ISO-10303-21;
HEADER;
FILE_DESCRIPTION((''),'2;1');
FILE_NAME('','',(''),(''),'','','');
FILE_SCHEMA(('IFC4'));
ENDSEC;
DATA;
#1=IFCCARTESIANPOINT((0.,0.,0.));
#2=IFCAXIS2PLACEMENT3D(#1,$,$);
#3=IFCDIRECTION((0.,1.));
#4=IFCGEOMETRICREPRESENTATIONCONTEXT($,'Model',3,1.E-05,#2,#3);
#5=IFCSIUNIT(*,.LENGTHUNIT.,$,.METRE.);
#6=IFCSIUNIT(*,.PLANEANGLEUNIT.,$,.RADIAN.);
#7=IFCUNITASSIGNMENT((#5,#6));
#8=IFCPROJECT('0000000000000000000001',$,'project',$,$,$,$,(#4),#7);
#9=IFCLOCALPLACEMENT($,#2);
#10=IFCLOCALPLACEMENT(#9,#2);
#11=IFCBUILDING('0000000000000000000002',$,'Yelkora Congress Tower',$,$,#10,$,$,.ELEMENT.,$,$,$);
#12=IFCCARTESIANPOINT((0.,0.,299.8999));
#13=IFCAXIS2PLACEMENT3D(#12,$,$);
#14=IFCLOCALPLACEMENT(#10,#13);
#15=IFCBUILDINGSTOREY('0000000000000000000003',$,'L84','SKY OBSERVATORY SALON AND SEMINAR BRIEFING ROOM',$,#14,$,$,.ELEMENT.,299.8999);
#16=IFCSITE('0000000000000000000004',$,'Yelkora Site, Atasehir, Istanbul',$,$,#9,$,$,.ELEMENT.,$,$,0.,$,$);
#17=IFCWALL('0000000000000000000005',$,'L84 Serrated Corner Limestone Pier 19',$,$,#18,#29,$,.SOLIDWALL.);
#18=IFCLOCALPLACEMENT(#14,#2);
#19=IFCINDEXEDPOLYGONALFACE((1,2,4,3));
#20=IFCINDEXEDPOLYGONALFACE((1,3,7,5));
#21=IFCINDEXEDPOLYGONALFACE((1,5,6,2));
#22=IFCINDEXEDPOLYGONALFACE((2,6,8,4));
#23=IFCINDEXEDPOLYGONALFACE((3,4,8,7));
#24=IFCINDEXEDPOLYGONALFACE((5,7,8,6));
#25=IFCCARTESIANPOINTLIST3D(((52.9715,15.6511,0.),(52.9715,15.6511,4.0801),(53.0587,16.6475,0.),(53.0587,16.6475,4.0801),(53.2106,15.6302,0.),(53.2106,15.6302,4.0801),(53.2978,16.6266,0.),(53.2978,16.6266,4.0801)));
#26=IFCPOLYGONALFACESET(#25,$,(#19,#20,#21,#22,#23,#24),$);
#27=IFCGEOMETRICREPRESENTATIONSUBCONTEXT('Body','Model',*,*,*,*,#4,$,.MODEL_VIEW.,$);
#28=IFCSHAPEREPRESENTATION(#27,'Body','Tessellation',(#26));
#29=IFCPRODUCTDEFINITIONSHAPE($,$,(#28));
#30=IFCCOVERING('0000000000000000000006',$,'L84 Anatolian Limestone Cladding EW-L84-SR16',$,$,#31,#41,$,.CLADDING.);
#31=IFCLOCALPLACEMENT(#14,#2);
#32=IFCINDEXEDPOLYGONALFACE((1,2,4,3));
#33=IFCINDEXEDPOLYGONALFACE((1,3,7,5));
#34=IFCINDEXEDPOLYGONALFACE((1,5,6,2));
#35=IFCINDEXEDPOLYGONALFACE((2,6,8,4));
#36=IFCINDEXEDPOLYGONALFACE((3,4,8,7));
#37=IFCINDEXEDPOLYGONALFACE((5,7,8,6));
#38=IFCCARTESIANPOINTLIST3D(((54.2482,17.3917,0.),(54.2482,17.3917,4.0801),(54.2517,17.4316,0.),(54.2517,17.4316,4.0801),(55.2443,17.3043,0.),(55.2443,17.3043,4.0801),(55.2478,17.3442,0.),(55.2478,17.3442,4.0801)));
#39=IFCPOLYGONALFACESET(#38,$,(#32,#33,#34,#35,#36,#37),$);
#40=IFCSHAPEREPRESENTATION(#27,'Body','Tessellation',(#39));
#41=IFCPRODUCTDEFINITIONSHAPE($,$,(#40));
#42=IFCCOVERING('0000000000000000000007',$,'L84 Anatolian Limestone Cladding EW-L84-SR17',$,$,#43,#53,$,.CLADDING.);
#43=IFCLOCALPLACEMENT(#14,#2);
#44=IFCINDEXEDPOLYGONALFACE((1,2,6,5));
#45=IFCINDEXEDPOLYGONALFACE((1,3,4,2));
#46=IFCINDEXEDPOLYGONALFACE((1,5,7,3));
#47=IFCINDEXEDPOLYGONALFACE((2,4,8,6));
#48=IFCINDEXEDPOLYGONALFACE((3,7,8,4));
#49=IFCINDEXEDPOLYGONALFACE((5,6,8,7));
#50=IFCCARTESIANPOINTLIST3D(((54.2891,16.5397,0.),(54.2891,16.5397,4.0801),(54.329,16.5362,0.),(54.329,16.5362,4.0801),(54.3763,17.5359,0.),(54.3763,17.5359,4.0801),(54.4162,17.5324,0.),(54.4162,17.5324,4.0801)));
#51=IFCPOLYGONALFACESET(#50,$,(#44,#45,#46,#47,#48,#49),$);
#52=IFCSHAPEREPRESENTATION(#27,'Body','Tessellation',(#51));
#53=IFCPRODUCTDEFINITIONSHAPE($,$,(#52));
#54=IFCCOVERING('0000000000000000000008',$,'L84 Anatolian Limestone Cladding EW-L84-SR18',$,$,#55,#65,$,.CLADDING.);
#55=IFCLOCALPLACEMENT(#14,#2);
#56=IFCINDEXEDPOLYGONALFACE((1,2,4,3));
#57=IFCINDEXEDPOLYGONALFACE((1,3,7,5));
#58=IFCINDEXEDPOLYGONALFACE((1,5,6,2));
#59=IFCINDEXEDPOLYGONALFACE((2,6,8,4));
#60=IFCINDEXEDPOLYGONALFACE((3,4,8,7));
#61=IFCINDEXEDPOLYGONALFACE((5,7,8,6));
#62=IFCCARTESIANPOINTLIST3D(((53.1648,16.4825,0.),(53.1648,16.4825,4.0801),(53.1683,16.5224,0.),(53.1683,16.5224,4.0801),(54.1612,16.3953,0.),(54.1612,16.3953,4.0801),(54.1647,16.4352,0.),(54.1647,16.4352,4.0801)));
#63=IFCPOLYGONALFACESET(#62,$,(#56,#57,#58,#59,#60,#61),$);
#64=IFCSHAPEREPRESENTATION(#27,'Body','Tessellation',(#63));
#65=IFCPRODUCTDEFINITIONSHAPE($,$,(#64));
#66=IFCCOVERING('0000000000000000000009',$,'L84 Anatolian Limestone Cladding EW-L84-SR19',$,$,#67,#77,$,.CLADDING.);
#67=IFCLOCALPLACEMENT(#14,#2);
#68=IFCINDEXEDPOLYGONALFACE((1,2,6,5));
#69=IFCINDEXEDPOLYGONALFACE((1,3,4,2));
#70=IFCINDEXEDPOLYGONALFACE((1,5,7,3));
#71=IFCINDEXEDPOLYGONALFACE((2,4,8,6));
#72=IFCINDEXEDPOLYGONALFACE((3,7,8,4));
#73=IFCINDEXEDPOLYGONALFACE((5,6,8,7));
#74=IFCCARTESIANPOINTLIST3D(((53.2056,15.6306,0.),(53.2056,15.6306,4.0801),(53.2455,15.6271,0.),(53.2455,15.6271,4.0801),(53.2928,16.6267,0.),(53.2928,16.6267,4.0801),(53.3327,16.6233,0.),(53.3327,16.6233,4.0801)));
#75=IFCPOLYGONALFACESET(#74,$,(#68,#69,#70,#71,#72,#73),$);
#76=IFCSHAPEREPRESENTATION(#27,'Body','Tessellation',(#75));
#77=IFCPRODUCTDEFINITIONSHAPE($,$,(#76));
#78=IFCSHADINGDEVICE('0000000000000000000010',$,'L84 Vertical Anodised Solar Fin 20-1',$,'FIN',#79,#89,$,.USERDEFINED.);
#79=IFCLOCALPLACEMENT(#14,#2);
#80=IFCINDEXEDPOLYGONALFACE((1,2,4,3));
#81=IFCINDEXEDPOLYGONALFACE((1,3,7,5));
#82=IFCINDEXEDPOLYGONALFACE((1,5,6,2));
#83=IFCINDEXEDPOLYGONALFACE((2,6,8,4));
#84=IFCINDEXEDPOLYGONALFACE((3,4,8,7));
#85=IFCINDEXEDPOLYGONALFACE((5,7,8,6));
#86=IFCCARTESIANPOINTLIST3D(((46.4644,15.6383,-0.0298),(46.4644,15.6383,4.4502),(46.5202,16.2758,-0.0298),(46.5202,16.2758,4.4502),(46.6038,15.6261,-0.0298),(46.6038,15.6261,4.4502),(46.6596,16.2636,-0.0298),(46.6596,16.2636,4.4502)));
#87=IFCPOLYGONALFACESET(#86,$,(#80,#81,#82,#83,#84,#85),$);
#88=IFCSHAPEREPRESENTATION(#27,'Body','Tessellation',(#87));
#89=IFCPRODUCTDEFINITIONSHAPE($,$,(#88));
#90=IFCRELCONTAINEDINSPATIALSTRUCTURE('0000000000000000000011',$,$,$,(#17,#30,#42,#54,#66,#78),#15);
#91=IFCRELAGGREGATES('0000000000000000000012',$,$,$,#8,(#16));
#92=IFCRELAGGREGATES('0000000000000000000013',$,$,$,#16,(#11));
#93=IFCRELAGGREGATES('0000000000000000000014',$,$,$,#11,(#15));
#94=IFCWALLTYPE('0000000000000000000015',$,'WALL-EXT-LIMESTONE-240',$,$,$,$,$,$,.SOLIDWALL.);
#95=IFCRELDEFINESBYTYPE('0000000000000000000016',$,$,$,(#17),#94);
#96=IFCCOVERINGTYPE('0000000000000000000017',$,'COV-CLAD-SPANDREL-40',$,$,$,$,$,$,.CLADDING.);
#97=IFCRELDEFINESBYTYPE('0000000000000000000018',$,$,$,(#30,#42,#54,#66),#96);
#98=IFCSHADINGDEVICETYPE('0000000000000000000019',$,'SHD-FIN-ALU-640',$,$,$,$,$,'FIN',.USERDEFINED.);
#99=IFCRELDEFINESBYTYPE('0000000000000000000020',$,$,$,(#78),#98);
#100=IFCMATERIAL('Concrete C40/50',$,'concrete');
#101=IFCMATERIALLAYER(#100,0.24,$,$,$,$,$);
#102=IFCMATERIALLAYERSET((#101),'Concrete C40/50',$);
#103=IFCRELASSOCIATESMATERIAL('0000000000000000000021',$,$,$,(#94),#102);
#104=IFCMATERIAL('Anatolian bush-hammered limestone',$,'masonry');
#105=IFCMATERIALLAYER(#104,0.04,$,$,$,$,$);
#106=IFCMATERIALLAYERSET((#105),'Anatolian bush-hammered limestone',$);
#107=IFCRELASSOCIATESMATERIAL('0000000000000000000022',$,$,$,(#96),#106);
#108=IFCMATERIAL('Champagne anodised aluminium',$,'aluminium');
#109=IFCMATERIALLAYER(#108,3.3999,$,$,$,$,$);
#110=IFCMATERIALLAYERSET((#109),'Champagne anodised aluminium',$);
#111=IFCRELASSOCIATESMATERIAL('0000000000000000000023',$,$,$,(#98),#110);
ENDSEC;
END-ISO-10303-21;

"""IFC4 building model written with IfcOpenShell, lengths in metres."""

from ifc_helpers import new_model, si_unit, direction, frame, frame_2d, origin, origin_2d, place, context, subcontext, project, spatial, rectangle, extrude, material, layer, layer_set, type_object, element, save


model = new_model("IFC4")

# Units and contexts
model_context = context("Model", 3, precision=1e-05, world=origin(), true_north=direction((0.0, 1.0)))
body_context = subcontext(model_context, "Body", "Model", "MODEL_VIEW")
ifc_project = project(units=[si_unit("LENGTHUNIT", "METRE"), si_unit("PLANEANGLEUNIT", "RADIAN")], contexts=[model_context])

# Site, building, storey
site_placement = place(None, origin())
site = spatial("IfcSite", under=ifc_project, at=site_placement, Name="Yelkora Site, Atasehir, Istanbul", CompositionType="ELEMENT", RefElevation=0.0)
building_placement = place(site_placement, origin())
building = spatial("IfcBuilding", under=site, at=building_placement, Name="Yelkora Congress Tower", CompositionType="ELEMENT")
storey_placement = place(building_placement, frame((0.0, 0.0, 299.8999)))
storey = spatial("IfcBuildingStorey", under=building, at=storey_placement, Name="L84", Description="SKY OBSERVATORY SALON AND SEMINAR BRIEFING ROOM", CompositionType="ELEMENT", Elevation=299.8999)

# Wall
ifc_material_1 = material(Name="Concrete C40/50", Category="concrete")
ifc_layer_1 = layer(ifc_material_1, 0.24)
ifc_layer_set_1 = layer_set([ifc_layer_1], Name="Concrete C40/50")
wall_type = type_object("IfcWallType", Name="WALL-EXT-LIMESTONE-240", PredefinedType="SOLIDWALL", material=ifc_layer_set_1)
for number, where, z_axis, x_axis, name in (
    (1, (53.1782, 16.637, 0.0), (0.0, 0.0, 1.0), (-0.087146, -0.996196, 0.0), "L84 Serrated Corner Limestone Pier 19"),
):
    element("IfcWall", number, at=place(storey_placement, frame(where, z_axis=z_axis, x_axis=x_axis)), inside=storey, type_object=wall_type, Name=name, PredefinedType="SOLIDWALL", context=body_context, shape_type="SweptSolid", body=[
        extrude(rectangle(XDim=1.0002, YDim=0.24, at=frame_2d((0.5, 0.0))), origin(), (0.0, 0.0, 1.0), 4.0801),
    ])

# Coverings
ifc_material_2 = material(Name="Anatolian bush-hammered limestone", Category="masonry")
ifc_layer_2 = layer(ifc_material_2, 0.04)
ifc_layer_set_2 = layer_set([ifc_layer_2], Name="Anatolian bush-hammered limestone")
covering_type = type_object("IfcCoveringType", Name="COV-CLAD-SPANDREL-40", PredefinedType="CLADDING", material=ifc_layer_set_2)
for number, where, z_axis, x_axis, name in (
    (2, (55.2461, 17.3242, 0.0), (0.0, 0.0, 1.0), (-0.996172, 0.087409, 0.0), "L84 Anatolian Limestone Cladding EW-L84-SR16"),
    (3, (54.3962, 17.5342, 0.0), (0.0, 0.0, 1.0), (-0.087167, -0.996194, 0.0), "L84 Anatolian Limestone Cladding EW-L84-SR17"),
):
    element("IfcCovering", number, at=place(storey_placement, frame(where, z_axis=z_axis, x_axis=x_axis)), inside=storey, type_object=covering_type, Name=name, PredefinedType="CLADDING", context=body_context, shape_type="SweptSolid", body=[
        extrude(rectangle(XDim=1.0, YDim=0.04, at=frame_2d((0.5, 0.0))), origin(), (0.0, 0.0, 1.0), 4.0801),
    ])
covering_1_placement = place(storey_placement, frame((54.1628, 16.4153, 0.0), z_axis=(0.0, 0.0, 1.0), x_axis=(-0.996196, 0.087146, 0.0)))
element("IfcCovering", 4, at=covering_1_placement, inside=storey, type_object=covering_type, Name="L84 Anatolian Limestone Cladding EW-L84-SR18", PredefinedType="CLADDING", context=body_context, shape_type="SweptSolid", body=[
    extrude(rectangle(XDim=1.0002, YDim=0.04, at=frame_2d((0.5, 0.0))), origin(), (0.0, 0.0, 1.0), 4.0801),
])
covering_2_placement = place(storey_placement, frame((53.3127, 16.625, 0.0), z_axis=(0.0, 0.0, 1.0), x_axis=(-0.087167, -0.996194, 0.0)))
element("IfcCovering", 5, at=covering_2_placement, inside=storey, type_object=covering_type, Name="L84 Anatolian Limestone Cladding EW-L84-SR19", PredefinedType="CLADDING", context=body_context, shape_type="SweptSolid", body=[
    extrude(rectangle(XDim=1.0, YDim=0.04, at=frame_2d((0.5, 0.0))), origin(), (0.0, 0.0, 1.0), 4.0801),
])

# Shading device
ifc_material_3 = material(Name="Champagne anodised aluminium", Category="aluminium")
ifc_layer_3 = layer(ifc_material_3, 3.3999)
ifc_layer_set_3 = layer_set([ifc_layer_3], Name="Champagne anodised aluminium")
shading_device_type = type_object("IfcShadingDeviceType", Name="SHD-FIN-ALU-640", ElementType="FIN", PredefinedType="USERDEFINED", material=ifc_layer_set_3)
shading_device_placement = place(storey_placement, frame((46.562, 15.9509, -0.0298), z_axis=(0.0, 0.0, 1.0), x_axis=(-0.996195, 0.087156, 0.0)))
element("IfcShadingDevice", 6, at=shading_device_placement, inside=storey, type_object=shading_device_type, Name="L84 Vertical Anodised Solar Fin 20-1", ObjectType="FIN", PredefinedType="USERDEFINED", context=body_context, shape_type="SweptSolid", body=[
    extrude(rectangle(XDim=0.1399, YDim=0.6399, at=origin_2d()), origin(), (0.0, 0.0, 1.0), 4.48),
])

save(model, "model.ifc")
